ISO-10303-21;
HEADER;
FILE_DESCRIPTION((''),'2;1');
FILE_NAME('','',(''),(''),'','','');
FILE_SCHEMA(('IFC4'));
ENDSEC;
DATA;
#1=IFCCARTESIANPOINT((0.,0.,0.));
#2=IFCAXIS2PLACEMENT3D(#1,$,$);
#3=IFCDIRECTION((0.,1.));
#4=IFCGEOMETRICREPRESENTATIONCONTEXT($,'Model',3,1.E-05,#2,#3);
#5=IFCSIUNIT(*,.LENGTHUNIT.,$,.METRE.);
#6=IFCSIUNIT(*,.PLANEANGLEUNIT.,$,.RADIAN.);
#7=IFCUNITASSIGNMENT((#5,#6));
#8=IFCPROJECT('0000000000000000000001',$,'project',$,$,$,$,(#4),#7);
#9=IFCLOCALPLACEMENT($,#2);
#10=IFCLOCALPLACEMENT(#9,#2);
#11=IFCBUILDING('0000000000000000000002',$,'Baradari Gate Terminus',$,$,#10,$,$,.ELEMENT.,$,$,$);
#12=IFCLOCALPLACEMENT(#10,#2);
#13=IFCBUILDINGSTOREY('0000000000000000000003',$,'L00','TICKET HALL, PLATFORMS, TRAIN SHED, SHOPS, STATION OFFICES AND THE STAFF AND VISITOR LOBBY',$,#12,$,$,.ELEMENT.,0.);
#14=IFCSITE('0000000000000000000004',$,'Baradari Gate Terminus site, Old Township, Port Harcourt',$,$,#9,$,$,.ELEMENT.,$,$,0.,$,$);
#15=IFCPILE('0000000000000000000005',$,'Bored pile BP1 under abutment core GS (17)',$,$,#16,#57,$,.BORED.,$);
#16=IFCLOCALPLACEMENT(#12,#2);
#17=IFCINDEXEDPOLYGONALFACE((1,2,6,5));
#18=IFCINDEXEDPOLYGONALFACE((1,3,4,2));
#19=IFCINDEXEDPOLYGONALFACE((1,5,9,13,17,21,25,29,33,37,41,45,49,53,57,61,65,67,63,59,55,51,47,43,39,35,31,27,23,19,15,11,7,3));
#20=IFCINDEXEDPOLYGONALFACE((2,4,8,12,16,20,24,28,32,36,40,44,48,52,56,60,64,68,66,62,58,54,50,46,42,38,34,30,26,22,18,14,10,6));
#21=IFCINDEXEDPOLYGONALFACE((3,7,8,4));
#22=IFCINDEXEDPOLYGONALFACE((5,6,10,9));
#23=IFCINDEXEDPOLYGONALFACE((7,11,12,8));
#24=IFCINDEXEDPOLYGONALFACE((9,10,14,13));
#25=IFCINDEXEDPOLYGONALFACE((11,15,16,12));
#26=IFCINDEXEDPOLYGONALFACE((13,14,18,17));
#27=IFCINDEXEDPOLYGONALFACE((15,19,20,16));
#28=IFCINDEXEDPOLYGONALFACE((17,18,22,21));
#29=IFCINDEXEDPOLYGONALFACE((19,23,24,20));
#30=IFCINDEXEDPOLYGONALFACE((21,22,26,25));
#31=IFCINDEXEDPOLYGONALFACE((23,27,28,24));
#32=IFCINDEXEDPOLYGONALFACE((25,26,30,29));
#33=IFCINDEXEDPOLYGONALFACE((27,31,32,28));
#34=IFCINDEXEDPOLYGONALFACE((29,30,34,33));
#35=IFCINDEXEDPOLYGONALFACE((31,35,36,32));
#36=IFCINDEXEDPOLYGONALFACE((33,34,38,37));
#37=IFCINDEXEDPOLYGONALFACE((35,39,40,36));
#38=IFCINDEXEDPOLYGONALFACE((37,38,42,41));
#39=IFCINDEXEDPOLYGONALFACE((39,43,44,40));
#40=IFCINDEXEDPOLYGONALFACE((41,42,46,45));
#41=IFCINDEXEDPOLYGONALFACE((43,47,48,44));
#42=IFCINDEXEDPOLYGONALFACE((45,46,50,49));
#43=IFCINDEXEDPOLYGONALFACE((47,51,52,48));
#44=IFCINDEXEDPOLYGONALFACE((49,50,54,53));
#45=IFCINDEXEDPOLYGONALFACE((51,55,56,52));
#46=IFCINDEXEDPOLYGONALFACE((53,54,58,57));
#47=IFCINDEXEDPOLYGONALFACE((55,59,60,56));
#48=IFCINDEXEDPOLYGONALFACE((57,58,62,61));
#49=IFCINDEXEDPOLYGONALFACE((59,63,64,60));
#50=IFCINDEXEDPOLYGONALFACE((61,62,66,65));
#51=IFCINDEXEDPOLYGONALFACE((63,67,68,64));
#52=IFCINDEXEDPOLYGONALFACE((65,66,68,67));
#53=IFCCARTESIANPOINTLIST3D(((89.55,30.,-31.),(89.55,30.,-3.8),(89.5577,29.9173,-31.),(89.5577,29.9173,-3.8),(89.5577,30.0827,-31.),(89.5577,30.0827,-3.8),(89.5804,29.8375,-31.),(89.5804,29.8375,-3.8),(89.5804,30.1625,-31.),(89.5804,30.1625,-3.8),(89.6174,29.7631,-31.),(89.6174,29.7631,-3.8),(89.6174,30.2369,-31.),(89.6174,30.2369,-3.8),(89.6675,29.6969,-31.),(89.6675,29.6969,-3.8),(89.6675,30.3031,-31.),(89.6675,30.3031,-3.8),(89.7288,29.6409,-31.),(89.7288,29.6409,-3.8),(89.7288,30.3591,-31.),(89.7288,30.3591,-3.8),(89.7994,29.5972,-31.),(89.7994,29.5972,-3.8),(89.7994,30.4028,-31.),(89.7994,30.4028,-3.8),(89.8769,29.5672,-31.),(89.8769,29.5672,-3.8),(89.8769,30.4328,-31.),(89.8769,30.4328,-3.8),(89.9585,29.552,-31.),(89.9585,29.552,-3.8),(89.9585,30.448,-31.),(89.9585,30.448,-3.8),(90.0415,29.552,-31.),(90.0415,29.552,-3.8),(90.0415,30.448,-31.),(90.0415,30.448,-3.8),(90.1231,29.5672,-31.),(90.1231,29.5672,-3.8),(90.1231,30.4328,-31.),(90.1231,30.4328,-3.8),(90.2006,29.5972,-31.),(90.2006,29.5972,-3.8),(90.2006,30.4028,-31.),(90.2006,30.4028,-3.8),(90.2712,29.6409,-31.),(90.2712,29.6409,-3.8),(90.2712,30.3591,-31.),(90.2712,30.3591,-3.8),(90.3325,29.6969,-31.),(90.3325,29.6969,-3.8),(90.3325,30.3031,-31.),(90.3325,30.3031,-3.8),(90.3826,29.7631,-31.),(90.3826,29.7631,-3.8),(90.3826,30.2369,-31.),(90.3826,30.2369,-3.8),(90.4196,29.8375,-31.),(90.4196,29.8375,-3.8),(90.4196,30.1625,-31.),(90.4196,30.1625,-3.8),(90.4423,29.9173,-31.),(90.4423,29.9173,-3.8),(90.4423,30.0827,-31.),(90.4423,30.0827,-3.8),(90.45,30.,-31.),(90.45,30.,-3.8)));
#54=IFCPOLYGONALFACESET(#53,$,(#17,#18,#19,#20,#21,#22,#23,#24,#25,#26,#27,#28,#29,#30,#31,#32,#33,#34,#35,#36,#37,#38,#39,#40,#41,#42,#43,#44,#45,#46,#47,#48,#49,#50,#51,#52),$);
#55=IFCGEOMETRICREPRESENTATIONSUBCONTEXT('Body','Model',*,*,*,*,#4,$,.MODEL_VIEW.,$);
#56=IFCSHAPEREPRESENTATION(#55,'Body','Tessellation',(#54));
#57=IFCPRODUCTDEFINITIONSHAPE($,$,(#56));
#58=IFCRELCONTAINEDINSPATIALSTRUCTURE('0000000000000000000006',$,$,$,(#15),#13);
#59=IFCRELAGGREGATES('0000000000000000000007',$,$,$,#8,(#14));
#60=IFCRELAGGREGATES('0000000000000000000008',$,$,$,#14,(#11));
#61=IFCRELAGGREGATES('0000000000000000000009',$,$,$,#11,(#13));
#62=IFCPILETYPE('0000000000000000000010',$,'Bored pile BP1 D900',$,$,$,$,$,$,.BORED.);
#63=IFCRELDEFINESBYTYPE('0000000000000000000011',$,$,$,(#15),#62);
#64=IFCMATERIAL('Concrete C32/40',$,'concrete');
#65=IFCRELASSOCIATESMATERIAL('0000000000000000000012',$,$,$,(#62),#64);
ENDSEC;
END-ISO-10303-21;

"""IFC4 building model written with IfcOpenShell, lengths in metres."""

from ifc_helpers import new_model, si_unit, direction, frame, origin, origin_2d, place, context, subcontext, project, spatial, circle, extrude, material, type_object, element, save


model = new_model("IFC4")

# Units and contexts
model_context = context("Model", 3, precision=1e-05, world=origin(), true_north=direction((0.0, 1.0)))
body_context = subcontext(model_context, "Body", "Model", "MODEL_VIEW")
ifc_project = project(units=[si_unit("LENGTHUNIT", "METRE"), si_unit("PLANEANGLEUNIT", "RADIAN")], contexts=[model_context])

# Site, building, storey
site_placement = place(None, origin())
site = spatial("IfcSite", under=ifc_project, at=site_placement, Name="Baradari Gate Terminus site, Old Township, Port Harcourt", CompositionType="ELEMENT", RefElevation=0.0)
building_placement = place(site_placement, origin())
building = spatial("IfcBuilding", under=site, at=building_placement, Name="Baradari Gate Terminus", CompositionType="ELEMENT")
storey_placement = place(building_placement, origin())
storey = spatial("IfcBuildingStorey", under=building, at=storey_placement, Name="L00", Description="TICKET HALL, PLATFORMS, TRAIN SHED, SHOPS, STATION OFFICES AND THE STAFF AND VISITOR LOBBY", CompositionType="ELEMENT", Elevation=0.0)

# Pile
ifc_material_1 = material(Name="Concrete C32/40", Category="concrete")
pile_type = type_object("IfcPileType", Name="Bored pile BP1 D900", PredefinedType="BORED", material=ifc_material_1)
for number, where, z_axis, x_axis, name in (
    (1, (90.0, 30.0, -3.8), (0.0, 0.0, -1.0), (1.0, 0.0, 0.0), "Bored pile BP1 under abutment core GS (17)"),
):
    element("IfcPile", number, at=place(storey_placement, frame(where, z_axis=z_axis, x_axis=x_axis)), inside=storey, type_object=pile_type, Name=name, PredefinedType="BORED", context=body_context, shape_type="SweptSolid", body=[
        extrude(circle(Radius=0.45, at=origin_2d()), origin(), (0.0, 0.0, 1.0), 27.2),
    ])

save(model, "model.ifc")
